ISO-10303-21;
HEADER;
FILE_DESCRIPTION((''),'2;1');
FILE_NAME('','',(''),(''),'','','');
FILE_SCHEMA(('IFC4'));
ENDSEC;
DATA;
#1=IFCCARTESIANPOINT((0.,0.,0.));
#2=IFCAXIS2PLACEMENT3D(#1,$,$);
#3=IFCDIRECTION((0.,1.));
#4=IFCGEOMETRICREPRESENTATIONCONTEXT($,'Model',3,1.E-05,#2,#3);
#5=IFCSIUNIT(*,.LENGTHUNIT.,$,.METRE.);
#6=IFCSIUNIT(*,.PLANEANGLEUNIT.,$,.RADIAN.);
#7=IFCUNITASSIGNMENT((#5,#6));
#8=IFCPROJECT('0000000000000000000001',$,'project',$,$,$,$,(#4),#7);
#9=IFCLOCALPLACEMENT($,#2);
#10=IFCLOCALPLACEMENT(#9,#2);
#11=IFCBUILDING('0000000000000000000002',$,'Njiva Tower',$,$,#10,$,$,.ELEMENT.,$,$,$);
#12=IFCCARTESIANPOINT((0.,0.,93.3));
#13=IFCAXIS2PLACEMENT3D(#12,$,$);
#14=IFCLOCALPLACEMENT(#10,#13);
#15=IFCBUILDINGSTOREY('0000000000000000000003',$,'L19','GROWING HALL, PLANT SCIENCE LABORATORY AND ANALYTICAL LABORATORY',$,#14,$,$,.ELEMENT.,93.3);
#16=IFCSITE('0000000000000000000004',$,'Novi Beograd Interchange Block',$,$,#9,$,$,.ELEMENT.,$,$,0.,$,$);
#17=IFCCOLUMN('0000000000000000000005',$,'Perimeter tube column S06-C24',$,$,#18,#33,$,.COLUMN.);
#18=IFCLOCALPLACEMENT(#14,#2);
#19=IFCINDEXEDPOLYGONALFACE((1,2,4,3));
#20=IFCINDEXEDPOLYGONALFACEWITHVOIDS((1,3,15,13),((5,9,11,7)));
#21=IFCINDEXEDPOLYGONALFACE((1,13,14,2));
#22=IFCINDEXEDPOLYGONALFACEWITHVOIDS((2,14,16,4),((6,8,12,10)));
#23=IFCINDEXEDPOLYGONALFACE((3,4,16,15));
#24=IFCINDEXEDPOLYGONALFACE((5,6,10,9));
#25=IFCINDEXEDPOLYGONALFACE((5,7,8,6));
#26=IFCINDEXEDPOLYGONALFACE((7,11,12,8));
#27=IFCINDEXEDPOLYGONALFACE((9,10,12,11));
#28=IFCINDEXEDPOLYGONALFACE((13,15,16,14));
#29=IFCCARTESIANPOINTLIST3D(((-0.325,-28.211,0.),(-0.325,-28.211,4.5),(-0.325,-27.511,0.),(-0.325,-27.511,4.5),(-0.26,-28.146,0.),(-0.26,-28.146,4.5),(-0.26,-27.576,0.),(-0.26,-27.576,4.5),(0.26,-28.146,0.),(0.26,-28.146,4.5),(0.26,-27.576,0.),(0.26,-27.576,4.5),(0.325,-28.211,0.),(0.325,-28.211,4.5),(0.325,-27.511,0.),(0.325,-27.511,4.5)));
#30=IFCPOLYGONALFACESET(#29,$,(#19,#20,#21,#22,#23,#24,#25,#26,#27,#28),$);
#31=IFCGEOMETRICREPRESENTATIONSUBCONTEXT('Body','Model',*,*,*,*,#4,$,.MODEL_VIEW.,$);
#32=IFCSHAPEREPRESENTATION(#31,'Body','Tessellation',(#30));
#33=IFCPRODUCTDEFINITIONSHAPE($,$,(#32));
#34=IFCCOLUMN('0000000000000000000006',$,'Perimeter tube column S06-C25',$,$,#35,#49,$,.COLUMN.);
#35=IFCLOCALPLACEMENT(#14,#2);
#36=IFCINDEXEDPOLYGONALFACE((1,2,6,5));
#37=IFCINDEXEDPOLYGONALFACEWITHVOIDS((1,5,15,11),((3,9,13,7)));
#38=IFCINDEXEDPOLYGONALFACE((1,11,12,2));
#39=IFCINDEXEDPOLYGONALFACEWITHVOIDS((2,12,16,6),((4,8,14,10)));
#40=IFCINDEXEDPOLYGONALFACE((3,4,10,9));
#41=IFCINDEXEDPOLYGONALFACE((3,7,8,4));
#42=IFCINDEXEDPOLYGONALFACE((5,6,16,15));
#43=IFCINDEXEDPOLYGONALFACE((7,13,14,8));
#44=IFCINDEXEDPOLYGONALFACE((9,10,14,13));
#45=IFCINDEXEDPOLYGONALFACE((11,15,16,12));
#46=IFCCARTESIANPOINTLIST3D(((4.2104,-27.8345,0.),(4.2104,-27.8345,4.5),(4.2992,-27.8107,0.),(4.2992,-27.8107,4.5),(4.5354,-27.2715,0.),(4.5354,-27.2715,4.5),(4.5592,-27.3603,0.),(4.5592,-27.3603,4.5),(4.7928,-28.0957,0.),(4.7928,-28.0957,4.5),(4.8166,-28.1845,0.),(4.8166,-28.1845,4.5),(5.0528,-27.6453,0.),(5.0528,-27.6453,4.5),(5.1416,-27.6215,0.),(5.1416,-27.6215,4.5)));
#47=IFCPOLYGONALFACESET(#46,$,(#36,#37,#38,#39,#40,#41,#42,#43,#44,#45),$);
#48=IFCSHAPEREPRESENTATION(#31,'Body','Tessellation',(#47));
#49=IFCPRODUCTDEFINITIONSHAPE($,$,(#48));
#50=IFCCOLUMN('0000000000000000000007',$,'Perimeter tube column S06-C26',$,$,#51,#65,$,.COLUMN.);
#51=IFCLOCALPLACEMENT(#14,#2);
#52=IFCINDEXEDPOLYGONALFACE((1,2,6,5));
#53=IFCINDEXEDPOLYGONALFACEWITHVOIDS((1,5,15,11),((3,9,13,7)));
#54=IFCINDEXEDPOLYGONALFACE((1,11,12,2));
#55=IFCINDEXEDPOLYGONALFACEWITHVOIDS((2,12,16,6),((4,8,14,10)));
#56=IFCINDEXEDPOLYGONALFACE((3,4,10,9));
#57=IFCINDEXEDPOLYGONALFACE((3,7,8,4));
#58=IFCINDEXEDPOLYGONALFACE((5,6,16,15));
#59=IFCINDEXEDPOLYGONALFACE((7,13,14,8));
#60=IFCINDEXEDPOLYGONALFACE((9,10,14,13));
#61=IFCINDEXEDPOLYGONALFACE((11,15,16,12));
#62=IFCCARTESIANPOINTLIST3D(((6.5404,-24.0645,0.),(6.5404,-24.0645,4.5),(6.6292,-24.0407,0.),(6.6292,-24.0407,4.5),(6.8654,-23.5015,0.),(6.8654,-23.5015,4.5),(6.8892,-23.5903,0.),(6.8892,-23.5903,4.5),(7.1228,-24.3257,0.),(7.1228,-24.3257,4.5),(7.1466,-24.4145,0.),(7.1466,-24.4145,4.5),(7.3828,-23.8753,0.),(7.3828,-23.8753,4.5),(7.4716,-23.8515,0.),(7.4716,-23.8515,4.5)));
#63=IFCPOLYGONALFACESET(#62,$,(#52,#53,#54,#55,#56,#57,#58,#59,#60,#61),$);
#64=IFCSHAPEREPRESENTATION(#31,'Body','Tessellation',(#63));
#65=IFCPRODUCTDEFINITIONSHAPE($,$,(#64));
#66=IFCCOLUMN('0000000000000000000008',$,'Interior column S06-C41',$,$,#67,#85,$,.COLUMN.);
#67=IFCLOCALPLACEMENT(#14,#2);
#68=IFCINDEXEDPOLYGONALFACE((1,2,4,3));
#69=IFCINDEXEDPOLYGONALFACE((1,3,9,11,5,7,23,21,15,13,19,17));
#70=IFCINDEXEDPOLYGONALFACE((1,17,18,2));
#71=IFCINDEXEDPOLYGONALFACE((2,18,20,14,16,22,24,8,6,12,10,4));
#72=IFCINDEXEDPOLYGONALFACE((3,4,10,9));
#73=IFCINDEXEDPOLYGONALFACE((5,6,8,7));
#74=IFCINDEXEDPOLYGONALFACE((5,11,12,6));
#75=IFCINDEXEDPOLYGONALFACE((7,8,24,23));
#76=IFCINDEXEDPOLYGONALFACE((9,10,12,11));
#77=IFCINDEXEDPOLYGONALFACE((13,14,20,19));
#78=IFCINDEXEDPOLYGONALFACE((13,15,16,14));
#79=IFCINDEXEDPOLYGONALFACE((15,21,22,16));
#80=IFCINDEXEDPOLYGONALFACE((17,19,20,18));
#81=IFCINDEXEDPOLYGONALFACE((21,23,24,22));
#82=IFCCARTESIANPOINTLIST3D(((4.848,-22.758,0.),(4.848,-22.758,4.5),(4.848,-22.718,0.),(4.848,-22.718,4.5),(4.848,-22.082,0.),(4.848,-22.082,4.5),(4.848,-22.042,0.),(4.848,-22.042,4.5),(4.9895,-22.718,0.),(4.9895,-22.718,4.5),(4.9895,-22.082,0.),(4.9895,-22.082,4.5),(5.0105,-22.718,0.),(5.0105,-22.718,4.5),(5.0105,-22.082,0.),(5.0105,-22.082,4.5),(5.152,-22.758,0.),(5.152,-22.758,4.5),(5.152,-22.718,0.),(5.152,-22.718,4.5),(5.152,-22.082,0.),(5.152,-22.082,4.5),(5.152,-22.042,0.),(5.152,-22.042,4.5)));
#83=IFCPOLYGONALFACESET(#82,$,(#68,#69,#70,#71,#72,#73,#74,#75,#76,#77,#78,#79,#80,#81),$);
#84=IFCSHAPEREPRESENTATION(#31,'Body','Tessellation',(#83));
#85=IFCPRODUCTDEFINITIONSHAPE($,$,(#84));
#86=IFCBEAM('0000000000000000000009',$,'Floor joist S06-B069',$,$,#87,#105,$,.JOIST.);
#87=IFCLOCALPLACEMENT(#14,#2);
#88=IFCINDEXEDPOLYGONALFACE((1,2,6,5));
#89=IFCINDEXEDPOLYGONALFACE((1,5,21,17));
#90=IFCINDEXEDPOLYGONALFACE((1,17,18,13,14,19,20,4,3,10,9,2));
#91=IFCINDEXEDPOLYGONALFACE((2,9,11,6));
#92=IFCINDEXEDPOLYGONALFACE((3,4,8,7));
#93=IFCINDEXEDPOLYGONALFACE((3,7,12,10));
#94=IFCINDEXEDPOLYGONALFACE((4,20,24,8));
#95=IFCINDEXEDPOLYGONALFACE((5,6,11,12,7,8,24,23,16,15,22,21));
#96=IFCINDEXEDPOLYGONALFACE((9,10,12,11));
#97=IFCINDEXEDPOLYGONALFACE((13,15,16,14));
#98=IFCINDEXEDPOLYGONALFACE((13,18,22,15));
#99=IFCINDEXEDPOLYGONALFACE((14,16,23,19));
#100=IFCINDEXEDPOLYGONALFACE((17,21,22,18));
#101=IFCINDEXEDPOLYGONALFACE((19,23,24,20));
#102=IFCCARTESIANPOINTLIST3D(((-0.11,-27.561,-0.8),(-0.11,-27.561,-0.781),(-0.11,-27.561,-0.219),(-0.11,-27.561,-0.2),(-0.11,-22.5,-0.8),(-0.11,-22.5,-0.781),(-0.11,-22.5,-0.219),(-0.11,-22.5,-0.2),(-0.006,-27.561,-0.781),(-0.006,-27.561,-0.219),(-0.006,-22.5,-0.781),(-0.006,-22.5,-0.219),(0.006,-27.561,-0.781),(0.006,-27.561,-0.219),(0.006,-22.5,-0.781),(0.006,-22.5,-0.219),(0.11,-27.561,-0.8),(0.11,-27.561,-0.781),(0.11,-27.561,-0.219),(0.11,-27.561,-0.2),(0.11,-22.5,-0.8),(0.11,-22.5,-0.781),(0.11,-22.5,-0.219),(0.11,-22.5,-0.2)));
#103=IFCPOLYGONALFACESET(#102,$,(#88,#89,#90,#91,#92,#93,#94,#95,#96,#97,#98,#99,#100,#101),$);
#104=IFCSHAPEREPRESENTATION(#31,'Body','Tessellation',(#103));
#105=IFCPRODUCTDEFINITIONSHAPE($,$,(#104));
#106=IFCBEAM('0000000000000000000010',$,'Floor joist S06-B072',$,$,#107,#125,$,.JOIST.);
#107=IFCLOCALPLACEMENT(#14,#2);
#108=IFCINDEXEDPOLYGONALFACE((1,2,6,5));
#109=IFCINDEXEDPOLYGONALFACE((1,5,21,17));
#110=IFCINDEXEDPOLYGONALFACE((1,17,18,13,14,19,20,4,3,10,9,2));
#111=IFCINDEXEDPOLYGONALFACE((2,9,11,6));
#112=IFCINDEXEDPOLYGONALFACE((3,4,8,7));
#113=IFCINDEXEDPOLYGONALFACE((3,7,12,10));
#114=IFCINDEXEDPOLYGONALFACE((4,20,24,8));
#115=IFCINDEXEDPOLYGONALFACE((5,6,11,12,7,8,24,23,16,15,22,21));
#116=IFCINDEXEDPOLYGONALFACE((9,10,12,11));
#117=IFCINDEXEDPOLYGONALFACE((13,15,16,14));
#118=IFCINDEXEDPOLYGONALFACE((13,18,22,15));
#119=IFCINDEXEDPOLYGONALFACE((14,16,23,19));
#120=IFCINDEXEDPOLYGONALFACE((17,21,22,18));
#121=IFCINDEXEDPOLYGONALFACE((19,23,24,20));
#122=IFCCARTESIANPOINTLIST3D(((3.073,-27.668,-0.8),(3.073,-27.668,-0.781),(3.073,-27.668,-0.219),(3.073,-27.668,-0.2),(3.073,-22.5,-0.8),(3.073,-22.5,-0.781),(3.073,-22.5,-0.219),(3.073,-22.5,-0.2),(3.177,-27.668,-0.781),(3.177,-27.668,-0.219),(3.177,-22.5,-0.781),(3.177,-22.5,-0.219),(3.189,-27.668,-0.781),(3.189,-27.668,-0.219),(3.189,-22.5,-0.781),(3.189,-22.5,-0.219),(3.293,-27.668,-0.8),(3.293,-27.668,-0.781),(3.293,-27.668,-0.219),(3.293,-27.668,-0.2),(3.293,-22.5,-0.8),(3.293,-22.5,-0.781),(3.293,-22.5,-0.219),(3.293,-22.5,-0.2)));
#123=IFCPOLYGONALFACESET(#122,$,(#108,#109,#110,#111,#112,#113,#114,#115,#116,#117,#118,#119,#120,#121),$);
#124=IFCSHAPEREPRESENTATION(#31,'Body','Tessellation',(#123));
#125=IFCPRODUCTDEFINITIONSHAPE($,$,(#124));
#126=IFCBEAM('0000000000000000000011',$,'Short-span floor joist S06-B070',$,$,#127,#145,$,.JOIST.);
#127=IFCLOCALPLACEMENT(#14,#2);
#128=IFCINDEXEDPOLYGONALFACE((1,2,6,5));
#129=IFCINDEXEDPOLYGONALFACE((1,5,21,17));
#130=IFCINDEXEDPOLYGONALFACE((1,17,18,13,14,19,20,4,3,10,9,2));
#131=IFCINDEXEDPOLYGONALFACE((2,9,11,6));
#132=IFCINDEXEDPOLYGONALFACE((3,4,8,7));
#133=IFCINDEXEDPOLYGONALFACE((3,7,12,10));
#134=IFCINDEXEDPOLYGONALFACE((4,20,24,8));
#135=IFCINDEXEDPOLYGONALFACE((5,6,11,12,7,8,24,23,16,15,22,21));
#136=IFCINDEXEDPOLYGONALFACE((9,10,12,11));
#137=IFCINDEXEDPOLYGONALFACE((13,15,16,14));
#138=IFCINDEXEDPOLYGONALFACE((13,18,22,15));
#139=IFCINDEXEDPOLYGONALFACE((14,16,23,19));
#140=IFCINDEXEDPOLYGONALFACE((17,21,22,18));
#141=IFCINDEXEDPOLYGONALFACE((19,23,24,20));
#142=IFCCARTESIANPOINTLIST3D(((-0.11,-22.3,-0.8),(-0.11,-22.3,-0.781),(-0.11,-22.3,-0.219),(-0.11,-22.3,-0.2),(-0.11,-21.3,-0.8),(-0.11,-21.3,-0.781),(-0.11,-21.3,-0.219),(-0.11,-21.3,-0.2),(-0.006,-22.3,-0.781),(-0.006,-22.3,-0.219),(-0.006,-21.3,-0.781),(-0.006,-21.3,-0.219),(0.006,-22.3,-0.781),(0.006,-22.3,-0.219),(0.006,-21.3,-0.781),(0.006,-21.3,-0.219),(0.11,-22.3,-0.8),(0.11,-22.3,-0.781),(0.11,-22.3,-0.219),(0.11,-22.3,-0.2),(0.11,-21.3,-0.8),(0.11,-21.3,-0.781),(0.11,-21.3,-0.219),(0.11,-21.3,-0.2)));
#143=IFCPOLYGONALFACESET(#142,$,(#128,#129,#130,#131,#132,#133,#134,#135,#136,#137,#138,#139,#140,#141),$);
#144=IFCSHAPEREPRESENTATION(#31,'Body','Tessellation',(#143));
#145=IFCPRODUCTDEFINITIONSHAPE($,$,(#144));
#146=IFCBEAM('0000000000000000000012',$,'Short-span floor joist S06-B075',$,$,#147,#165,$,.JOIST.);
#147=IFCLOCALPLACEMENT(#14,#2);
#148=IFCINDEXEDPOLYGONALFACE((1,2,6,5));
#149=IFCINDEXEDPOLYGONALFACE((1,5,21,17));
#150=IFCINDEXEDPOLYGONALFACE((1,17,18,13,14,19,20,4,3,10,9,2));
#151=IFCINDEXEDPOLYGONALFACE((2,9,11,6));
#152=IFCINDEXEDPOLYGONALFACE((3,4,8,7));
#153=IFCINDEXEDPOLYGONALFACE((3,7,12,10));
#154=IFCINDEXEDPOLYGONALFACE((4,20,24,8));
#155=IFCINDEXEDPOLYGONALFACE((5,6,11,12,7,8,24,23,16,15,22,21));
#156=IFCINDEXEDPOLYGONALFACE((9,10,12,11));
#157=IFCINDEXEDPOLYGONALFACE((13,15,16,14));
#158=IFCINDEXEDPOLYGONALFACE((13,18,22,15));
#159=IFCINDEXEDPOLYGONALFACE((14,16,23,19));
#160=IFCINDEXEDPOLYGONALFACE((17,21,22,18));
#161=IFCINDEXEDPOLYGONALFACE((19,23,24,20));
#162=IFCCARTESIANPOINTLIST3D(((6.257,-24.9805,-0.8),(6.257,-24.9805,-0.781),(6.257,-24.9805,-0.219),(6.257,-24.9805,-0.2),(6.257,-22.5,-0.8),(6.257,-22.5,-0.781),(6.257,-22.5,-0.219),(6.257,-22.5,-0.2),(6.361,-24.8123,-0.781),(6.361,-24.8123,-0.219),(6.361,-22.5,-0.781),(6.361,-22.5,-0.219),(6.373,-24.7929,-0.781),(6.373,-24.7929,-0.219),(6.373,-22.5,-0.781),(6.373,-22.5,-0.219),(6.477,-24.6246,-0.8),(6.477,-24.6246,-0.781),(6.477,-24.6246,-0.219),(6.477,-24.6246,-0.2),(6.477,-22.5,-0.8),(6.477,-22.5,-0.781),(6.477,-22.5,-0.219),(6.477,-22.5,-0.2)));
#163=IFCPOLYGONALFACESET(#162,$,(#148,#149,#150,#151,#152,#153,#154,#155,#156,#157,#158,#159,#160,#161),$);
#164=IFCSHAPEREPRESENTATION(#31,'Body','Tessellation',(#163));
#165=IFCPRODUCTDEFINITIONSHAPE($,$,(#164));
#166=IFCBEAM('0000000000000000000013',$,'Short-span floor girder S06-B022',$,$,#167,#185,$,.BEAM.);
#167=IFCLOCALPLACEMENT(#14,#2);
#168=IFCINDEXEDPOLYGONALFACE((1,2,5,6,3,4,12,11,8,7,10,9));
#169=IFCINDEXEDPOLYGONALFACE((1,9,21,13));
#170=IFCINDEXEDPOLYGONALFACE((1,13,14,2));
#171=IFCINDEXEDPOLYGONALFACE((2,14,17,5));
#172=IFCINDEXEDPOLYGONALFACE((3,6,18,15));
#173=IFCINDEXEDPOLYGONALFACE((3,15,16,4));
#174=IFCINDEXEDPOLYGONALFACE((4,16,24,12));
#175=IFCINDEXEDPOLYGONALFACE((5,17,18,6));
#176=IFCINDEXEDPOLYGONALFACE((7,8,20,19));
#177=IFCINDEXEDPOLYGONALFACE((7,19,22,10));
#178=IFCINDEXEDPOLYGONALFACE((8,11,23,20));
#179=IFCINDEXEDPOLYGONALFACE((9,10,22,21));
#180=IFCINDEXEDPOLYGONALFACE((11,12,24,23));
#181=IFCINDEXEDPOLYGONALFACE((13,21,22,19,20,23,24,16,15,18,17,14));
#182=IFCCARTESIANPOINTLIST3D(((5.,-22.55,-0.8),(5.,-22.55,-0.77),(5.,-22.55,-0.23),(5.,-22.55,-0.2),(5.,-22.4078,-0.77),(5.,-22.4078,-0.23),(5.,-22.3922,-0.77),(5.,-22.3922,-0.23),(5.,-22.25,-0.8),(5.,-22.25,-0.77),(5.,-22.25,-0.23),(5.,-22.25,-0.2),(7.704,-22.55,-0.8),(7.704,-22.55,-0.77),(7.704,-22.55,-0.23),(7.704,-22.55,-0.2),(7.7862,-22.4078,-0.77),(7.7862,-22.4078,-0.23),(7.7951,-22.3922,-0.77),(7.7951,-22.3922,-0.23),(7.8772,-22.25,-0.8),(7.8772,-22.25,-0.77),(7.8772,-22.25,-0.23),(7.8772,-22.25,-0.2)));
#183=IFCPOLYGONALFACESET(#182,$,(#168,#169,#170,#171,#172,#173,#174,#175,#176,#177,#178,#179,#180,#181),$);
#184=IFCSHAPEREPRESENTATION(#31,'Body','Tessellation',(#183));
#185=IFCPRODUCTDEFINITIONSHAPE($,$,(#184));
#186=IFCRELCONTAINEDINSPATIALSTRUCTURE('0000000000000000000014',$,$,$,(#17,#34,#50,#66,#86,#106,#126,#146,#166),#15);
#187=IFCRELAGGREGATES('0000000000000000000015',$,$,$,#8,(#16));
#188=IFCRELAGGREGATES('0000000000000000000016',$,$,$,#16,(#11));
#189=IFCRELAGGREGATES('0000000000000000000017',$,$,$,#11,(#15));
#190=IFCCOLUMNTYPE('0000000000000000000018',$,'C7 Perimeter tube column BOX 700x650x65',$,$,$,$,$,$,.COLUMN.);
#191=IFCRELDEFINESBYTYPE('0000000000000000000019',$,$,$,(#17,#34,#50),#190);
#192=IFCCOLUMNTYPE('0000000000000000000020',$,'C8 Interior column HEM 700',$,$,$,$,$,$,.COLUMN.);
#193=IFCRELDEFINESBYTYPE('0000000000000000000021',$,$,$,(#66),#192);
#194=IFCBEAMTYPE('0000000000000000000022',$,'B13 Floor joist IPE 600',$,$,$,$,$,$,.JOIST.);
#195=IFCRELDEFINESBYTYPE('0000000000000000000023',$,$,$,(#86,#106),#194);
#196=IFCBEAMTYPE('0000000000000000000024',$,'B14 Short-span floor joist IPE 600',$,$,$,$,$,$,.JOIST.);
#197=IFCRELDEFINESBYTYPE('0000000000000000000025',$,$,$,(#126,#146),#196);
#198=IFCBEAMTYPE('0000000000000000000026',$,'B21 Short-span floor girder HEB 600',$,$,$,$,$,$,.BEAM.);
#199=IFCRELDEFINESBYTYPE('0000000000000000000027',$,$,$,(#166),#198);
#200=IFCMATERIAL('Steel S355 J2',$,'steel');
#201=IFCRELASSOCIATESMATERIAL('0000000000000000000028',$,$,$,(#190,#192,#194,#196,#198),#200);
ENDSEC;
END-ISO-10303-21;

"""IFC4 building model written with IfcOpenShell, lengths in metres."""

from ifc_helpers import new_model, si_unit, direction, frame, origin, origin_2d, place, context, subcontext, project, spatial, hollow_rectangle, i_section, extrude, clip, halfspace, material, material_profile, profile_set, type_object, element, save


model = new_model("IFC4")

# Units and contexts
model_context = context("Model", 3, precision=1e-05, world=origin(), true_north=direction((0.0, 1.0)))
body_context = subcontext(model_context, "Body", "Model", "MODEL_VIEW")
ifc_project = project(units=[si_unit("LENGTHUNIT", "METRE"), si_unit("PLANEANGLEUNIT", "RADIAN")], contexts=[model_context])

# Site, building, storey
site_placement = place(None, origin())
site = spatial("IfcSite", under=ifc_project, at=site_placement, Name="Novi Beograd Interchange Block", CompositionType="ELEMENT", RefElevation=0.0)
building_placement = place(site_placement, origin())
building = spatial("IfcBuilding", under=site, at=building_placement, Name="Njiva Tower", CompositionType="ELEMENT")
storey_placement = place(building_placement, frame((0.0, 0.0, 93.3)))
storey = spatial("IfcBuildingStorey", under=building, at=storey_placement, Name="L19", Description="GROWING HALL, PLANT SCIENCE LABORATORY AND ANALYTICAL LABORATORY", CompositionType="ELEMENT", Elevation=93.3)

# Columns
ifc_material_1 = material(Name="Steel S355 J2", Category="steel")
ifc_material_profile_1 = material_profile(ifc_material_1, hollow_rectangle(XDim=0.65, YDim=0.7, WallThickness=0.065, at=origin_2d()), Name="BOX 700x650x65")
ifc_profile_set_1 = profile_set([ifc_material_profile_1], Name="Steel S355 J2")
column_type_1 = type_object("IfcColumnType", Name="C7 Perimeter tube column BOX 700x650x65", PredefinedType="COLUMN", material=ifc_profile_set_1)
for number, where, z_axis, x_axis, name in (
    (1, (0.0, -27.861, 0.0), (0.0, 0.0, 1.0), (1.0, 0.0, 0.0), "Perimeter tube column S06-C24"),
    (2, (4.676, -27.728, 0.0), (0.0, 0.0, 1.0), (0.5, 0.866025, 0.0), "Perimeter tube column S06-C25"),
    (3, (7.006, -23.958, 0.0), (0.0, 0.0, 1.0), (0.5, 0.866025, 0.0), "Perimeter tube column S06-C26"),
):
    element("IfcColumn", number, at=place(storey_placement, frame(where, z_axis=z_axis, x_axis=x_axis)), inside=storey, type_object=column_type_1, Name=name, PredefinedType="COLUMN", context=body_context, shape_type="SweptSolid", body=[
        extrude(hollow_rectangle(XDim=0.65, YDim=0.7, WallThickness=0.065, at=origin_2d()), origin(), (0.0, 0.0, 1.0), 4.5),
    ])
ifc_material_profile_2 = material_profile(ifc_material_1, i_section(OverallWidth=0.304, OverallDepth=0.716, WebThickness=0.021, FlangeThickness=0.04, at=origin_2d()), Name="HEM 700")
ifc_profile_set_2 = profile_set([ifc_material_profile_2], Name="Steel S355 J2")
column_type_2 = type_object("IfcColumnType", Name="C8 Interior column HEM 700", PredefinedType="COLUMN", material=ifc_profile_set_2)
column_placement = place(storey_placement, frame((5.0, -22.4, 0.0), z_axis=(0.0, 0.0, 1.0), x_axis=(1.0, 0.0, 0.0)))
element("IfcColumn", 4, at=column_placement, inside=storey, type_object=column_type_2, Name="Interior column S06-C41", PredefinedType="COLUMN", context=body_context, shape_type="SweptSolid", body=[
    extrude(i_section(OverallWidth=0.304, OverallDepth=0.716, WebThickness=0.021, FlangeThickness=0.04, at=origin_2d()), origin(), (0.0, 0.0, 1.0), 4.5),
])

# Beams
ifc_material_profile_3 = material_profile(ifc_material_1, i_section(OverallWidth=0.22, OverallDepth=0.6, WebThickness=0.012, FlangeThickness=0.019, at=origin_2d()), Name="IPE 600")
ifc_profile_set_3 = profile_set([ifc_material_profile_3], Name="Steel S355 J2")
beam_type_1 = type_object("IfcBeamType", Name="B13 Floor joist IPE 600", PredefinedType="JOIST", material=ifc_profile_set_3)
beam_1_placement = place(storey_placement, frame((0.0, -22.5, -0.5), z_axis=(0.0, -1.0, 0.0), x_axis=(1.0, 0.0, 0.0)))
element("IfcBeam", 5, at=beam_1_placement, inside=storey, type_object=beam_type_1, Name="Floor joist S06-B069", PredefinedType="JOIST", context=body_context, shape_type="SweptSolid", body=[
    extrude(i_section(OverallWidth=0.22, OverallDepth=0.6, WebThickness=0.012, FlangeThickness=0.019, at=origin_2d()), origin(), (0.0, 0.0, 1.0), 5.061),
])
beam_2_placement = place(storey_placement, frame((3.183, -22.5, -0.5), z_axis=(0.0, -1.0, 0.0), x_axis=(1.0, 0.0, 0.0)))
element("IfcBeam", 6, at=beam_2_placement, inside=storey, type_object=beam_type_1, Name="Floor joist S06-B072", PredefinedType="JOIST", context=body_context, shape_type="SweptSolid", body=[
    extrude(i_section(OverallWidth=0.22, OverallDepth=0.6, WebThickness=0.012, FlangeThickness=0.019, at=origin_2d()), origin(), (0.0, 0.0, 1.0), 5.168),
])
ifc_material_profile_4 = material_profile(ifc_material_1, i_section(OverallWidth=0.22, OverallDepth=0.6, WebThickness=0.012, FlangeThickness=0.019, at=origin_2d()), Name="IPE 600")
ifc_profile_set_4 = profile_set([ifc_material_profile_4], Name="Steel S355 J2")
beam_type_2 = type_object("IfcBeamType", Name="B14 Short-span floor joist IPE 600", PredefinedType="JOIST", material=ifc_profile_set_4)
beam_3_placement = place(storey_placement, frame((0.0, -21.3, -0.5), z_axis=(0.0, -1.0, 0.0), x_axis=(1.0, 0.0, 0.0)))
element("IfcBeam", 7, at=beam_3_placement, inside=storey, type_object=beam_type_2, Name="Short-span floor joist S06-B070", PredefinedType="JOIST", context=body_context, shape_type="SweptSolid", body=[
    extrude(i_section(OverallWidth=0.22, OverallDepth=0.6, WebThickness=0.012, FlangeThickness=0.019, at=origin_2d()), origin(), (0.0, 0.0, 1.0), 1.0),
])
beam_4_placement = place(storey_placement, frame((6.367, -22.5, -0.5), z_axis=(0.0, -1.0, 0.0), x_axis=(1.0, 0.0, 0.0)))
element("IfcBeam", 8, at=beam_4_placement, inside=storey, type_object=beam_type_2, Name="Short-span floor joist S06-B075", PredefinedType="JOIST", context=body_context, shape_type="Clipping", body=[
    clip(extrude(i_section(OverallWidth=0.22, OverallDepth=0.6, WebThickness=0.012, FlangeThickness=0.019, at=origin_2d()), origin(), (0.0, 0.0, 1.0), 2.501), halfspace(frame((0.0422, 0.0, 2.2343), z_axis=(0.850616, 0.0, 0.525788), x_axis=(0.0, 1.0, 0.0)), False)),
])
ifc_material_profile_5 = material_profile(ifc_material_1, i_section(OverallWidth=0.3, OverallDepth=0.6, WebThickness=0.0155, FlangeThickness=0.03, at=origin_2d()), Name="HEB 600")
ifc_profile_set_5 = profile_set([ifc_material_profile_5], Name="Steel S355 J2")
beam_type_3 = type_object("IfcBeamType", Name="B21 Short-span floor girder HEB 600", PredefinedType="BEAM", material=ifc_profile_set_5)
beam_5_placement = place(storey_placement, frame((5.0, -22.4, -0.5), z_axis=(1.0, 0.0, 0.0), x_axis=(0.0, 1.0, 0.0)))
element("IfcBeam", 9, at=beam_5_placement, inside=storey, type_object=beam_type_3, Name="Short-span floor girder S06-B022", PredefinedType="BEAM", context=body_context, shape_type="Clipping", body=[
    clip(extrude(i_section(OverallWidth=0.3, OverallDepth=0.6, WebThickness=0.0155, FlangeThickness=0.03, at=origin_2d()), origin(), (0.0, 0.0, 1.0), 2.898), halfspace(frame((-0.025, 0.0, 2.7762), z_axis=(-0.499998, 0.0, 0.866027), x_axis=(0.0, 1.0, 0.0)), False)),
])

save(model, "model.ifc")
